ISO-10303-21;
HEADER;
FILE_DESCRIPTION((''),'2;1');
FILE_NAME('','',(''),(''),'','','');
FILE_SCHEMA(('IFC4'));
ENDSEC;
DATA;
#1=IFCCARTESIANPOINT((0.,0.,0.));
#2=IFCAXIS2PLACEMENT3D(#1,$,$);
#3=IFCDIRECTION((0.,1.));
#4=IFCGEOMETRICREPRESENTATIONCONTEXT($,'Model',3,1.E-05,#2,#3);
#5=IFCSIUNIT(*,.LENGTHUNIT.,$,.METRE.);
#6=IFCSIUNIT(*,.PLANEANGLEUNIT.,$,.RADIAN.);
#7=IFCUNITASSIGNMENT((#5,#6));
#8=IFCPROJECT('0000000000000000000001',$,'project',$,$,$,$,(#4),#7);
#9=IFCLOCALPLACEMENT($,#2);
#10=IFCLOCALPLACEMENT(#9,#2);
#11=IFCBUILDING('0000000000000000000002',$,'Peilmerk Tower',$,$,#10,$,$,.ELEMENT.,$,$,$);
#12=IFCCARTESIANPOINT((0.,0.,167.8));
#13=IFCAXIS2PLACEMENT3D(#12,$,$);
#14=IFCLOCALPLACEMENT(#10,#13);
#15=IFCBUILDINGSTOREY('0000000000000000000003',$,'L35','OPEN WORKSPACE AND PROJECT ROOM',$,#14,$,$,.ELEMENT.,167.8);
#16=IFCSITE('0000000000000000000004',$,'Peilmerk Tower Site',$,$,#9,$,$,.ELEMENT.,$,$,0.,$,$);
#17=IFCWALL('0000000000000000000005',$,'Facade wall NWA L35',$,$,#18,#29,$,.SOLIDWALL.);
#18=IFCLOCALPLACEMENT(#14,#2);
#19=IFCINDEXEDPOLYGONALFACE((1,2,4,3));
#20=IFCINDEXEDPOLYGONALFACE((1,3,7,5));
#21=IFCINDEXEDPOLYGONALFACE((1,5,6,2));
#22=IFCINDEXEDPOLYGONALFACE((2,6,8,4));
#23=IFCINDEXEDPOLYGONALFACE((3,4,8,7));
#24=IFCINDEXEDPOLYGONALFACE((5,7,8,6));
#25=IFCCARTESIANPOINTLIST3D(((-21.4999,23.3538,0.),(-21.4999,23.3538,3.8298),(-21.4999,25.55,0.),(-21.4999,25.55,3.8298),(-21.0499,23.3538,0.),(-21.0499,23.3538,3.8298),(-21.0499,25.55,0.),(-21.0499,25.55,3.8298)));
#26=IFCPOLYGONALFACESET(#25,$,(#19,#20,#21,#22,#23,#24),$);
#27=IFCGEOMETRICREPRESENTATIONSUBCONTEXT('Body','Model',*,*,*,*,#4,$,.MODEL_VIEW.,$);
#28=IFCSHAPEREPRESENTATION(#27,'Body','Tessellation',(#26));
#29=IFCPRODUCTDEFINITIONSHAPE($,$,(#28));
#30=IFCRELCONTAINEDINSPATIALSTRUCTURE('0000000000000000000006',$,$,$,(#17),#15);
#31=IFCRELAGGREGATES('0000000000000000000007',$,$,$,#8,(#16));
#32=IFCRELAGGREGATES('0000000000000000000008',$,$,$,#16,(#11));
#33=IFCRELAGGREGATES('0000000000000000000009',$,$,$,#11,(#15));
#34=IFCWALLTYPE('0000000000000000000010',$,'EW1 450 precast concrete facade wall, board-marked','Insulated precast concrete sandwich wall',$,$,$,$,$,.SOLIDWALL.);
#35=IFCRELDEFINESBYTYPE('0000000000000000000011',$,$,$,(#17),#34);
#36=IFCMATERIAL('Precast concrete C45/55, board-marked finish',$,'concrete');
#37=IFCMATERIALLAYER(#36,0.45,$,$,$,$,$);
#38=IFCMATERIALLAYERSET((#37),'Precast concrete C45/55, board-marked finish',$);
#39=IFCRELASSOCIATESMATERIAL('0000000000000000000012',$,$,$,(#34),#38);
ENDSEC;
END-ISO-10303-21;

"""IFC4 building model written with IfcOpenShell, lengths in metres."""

from ifc_helpers import new_model, si_unit, direction, frame, frame_2d, origin, place, context, subcontext, project, spatial, rectangle, extrude, material, layer, layer_set, type_object, element, save


model = new_model("IFC4")

# Units and contexts
model_context = context("Model", 3, precision=1e-05, world=origin(), true_north=direction((0.0, 1.0)))
body_context = subcontext(model_context, "Body", "Model", "MODEL_VIEW")
ifc_project = project(units=[si_unit("LENGTHUNIT", "METRE"), si_unit("PLANEANGLEUNIT", "RADIAN")], contexts=[model_context])

# Site, building, storey
site_placement = place(None, origin())
site = spatial("IfcSite", under=ifc_project, at=site_placement, Name="Peilmerk Tower Site", CompositionType="ELEMENT", RefElevation=0.0)
building_placement = place(site_placement, origin())
building = spatial("IfcBuilding", under=site, at=building_placement, Name="Peilmerk Tower", CompositionType="ELEMENT")
storey_placement = place(building_placement, frame((0.0, 0.0, 167.8)))
storey = spatial("IfcBuildingStorey", under=building, at=storey_placement, Name="L35", Description="OPEN WORKSPACE AND PROJECT ROOM", CompositionType="ELEMENT", Elevation=167.8)

# Shared definitions
ifc_material_1 = material(Name="Precast concrete C45/55, board-marked finish", Category="concrete")
ifc_layer_1 = layer(ifc_material_1, 0.45)
ifc_layer_set_1 = layer_set([ifc_layer_1], Name="Precast concrete C45/55, board-marked finish")
wall_type = type_object("IfcWallType", Name="EW1 450 precast concrete facade wall, board-marked", Description="Insulated precast concrete sandwich wall", PredefinedType="SOLIDWALL", material=ifc_layer_set_1)

# Wall
wall_1_placement = place(storey_placement, frame((-21.2749, 23.3538, 0.0), z_axis=(0.0, 0.0, 1.0), x_axis=(0.0, 1.0, 0.0)))
element("IfcWall", 1, at=wall_1_placement, inside=storey, type_object=wall_type, Name="Facade wall NWA L35", PredefinedType="SOLIDWALL", context=body_context, shape_type="SweptSolid", body=[
    extrude(rectangle(XDim=2.1963, YDim=0.45, at=frame_2d((1.0981, 0.0))), origin(), (0.0, 0.0, 1.0), 3.8298),
])

save(model, "model.ifc")
